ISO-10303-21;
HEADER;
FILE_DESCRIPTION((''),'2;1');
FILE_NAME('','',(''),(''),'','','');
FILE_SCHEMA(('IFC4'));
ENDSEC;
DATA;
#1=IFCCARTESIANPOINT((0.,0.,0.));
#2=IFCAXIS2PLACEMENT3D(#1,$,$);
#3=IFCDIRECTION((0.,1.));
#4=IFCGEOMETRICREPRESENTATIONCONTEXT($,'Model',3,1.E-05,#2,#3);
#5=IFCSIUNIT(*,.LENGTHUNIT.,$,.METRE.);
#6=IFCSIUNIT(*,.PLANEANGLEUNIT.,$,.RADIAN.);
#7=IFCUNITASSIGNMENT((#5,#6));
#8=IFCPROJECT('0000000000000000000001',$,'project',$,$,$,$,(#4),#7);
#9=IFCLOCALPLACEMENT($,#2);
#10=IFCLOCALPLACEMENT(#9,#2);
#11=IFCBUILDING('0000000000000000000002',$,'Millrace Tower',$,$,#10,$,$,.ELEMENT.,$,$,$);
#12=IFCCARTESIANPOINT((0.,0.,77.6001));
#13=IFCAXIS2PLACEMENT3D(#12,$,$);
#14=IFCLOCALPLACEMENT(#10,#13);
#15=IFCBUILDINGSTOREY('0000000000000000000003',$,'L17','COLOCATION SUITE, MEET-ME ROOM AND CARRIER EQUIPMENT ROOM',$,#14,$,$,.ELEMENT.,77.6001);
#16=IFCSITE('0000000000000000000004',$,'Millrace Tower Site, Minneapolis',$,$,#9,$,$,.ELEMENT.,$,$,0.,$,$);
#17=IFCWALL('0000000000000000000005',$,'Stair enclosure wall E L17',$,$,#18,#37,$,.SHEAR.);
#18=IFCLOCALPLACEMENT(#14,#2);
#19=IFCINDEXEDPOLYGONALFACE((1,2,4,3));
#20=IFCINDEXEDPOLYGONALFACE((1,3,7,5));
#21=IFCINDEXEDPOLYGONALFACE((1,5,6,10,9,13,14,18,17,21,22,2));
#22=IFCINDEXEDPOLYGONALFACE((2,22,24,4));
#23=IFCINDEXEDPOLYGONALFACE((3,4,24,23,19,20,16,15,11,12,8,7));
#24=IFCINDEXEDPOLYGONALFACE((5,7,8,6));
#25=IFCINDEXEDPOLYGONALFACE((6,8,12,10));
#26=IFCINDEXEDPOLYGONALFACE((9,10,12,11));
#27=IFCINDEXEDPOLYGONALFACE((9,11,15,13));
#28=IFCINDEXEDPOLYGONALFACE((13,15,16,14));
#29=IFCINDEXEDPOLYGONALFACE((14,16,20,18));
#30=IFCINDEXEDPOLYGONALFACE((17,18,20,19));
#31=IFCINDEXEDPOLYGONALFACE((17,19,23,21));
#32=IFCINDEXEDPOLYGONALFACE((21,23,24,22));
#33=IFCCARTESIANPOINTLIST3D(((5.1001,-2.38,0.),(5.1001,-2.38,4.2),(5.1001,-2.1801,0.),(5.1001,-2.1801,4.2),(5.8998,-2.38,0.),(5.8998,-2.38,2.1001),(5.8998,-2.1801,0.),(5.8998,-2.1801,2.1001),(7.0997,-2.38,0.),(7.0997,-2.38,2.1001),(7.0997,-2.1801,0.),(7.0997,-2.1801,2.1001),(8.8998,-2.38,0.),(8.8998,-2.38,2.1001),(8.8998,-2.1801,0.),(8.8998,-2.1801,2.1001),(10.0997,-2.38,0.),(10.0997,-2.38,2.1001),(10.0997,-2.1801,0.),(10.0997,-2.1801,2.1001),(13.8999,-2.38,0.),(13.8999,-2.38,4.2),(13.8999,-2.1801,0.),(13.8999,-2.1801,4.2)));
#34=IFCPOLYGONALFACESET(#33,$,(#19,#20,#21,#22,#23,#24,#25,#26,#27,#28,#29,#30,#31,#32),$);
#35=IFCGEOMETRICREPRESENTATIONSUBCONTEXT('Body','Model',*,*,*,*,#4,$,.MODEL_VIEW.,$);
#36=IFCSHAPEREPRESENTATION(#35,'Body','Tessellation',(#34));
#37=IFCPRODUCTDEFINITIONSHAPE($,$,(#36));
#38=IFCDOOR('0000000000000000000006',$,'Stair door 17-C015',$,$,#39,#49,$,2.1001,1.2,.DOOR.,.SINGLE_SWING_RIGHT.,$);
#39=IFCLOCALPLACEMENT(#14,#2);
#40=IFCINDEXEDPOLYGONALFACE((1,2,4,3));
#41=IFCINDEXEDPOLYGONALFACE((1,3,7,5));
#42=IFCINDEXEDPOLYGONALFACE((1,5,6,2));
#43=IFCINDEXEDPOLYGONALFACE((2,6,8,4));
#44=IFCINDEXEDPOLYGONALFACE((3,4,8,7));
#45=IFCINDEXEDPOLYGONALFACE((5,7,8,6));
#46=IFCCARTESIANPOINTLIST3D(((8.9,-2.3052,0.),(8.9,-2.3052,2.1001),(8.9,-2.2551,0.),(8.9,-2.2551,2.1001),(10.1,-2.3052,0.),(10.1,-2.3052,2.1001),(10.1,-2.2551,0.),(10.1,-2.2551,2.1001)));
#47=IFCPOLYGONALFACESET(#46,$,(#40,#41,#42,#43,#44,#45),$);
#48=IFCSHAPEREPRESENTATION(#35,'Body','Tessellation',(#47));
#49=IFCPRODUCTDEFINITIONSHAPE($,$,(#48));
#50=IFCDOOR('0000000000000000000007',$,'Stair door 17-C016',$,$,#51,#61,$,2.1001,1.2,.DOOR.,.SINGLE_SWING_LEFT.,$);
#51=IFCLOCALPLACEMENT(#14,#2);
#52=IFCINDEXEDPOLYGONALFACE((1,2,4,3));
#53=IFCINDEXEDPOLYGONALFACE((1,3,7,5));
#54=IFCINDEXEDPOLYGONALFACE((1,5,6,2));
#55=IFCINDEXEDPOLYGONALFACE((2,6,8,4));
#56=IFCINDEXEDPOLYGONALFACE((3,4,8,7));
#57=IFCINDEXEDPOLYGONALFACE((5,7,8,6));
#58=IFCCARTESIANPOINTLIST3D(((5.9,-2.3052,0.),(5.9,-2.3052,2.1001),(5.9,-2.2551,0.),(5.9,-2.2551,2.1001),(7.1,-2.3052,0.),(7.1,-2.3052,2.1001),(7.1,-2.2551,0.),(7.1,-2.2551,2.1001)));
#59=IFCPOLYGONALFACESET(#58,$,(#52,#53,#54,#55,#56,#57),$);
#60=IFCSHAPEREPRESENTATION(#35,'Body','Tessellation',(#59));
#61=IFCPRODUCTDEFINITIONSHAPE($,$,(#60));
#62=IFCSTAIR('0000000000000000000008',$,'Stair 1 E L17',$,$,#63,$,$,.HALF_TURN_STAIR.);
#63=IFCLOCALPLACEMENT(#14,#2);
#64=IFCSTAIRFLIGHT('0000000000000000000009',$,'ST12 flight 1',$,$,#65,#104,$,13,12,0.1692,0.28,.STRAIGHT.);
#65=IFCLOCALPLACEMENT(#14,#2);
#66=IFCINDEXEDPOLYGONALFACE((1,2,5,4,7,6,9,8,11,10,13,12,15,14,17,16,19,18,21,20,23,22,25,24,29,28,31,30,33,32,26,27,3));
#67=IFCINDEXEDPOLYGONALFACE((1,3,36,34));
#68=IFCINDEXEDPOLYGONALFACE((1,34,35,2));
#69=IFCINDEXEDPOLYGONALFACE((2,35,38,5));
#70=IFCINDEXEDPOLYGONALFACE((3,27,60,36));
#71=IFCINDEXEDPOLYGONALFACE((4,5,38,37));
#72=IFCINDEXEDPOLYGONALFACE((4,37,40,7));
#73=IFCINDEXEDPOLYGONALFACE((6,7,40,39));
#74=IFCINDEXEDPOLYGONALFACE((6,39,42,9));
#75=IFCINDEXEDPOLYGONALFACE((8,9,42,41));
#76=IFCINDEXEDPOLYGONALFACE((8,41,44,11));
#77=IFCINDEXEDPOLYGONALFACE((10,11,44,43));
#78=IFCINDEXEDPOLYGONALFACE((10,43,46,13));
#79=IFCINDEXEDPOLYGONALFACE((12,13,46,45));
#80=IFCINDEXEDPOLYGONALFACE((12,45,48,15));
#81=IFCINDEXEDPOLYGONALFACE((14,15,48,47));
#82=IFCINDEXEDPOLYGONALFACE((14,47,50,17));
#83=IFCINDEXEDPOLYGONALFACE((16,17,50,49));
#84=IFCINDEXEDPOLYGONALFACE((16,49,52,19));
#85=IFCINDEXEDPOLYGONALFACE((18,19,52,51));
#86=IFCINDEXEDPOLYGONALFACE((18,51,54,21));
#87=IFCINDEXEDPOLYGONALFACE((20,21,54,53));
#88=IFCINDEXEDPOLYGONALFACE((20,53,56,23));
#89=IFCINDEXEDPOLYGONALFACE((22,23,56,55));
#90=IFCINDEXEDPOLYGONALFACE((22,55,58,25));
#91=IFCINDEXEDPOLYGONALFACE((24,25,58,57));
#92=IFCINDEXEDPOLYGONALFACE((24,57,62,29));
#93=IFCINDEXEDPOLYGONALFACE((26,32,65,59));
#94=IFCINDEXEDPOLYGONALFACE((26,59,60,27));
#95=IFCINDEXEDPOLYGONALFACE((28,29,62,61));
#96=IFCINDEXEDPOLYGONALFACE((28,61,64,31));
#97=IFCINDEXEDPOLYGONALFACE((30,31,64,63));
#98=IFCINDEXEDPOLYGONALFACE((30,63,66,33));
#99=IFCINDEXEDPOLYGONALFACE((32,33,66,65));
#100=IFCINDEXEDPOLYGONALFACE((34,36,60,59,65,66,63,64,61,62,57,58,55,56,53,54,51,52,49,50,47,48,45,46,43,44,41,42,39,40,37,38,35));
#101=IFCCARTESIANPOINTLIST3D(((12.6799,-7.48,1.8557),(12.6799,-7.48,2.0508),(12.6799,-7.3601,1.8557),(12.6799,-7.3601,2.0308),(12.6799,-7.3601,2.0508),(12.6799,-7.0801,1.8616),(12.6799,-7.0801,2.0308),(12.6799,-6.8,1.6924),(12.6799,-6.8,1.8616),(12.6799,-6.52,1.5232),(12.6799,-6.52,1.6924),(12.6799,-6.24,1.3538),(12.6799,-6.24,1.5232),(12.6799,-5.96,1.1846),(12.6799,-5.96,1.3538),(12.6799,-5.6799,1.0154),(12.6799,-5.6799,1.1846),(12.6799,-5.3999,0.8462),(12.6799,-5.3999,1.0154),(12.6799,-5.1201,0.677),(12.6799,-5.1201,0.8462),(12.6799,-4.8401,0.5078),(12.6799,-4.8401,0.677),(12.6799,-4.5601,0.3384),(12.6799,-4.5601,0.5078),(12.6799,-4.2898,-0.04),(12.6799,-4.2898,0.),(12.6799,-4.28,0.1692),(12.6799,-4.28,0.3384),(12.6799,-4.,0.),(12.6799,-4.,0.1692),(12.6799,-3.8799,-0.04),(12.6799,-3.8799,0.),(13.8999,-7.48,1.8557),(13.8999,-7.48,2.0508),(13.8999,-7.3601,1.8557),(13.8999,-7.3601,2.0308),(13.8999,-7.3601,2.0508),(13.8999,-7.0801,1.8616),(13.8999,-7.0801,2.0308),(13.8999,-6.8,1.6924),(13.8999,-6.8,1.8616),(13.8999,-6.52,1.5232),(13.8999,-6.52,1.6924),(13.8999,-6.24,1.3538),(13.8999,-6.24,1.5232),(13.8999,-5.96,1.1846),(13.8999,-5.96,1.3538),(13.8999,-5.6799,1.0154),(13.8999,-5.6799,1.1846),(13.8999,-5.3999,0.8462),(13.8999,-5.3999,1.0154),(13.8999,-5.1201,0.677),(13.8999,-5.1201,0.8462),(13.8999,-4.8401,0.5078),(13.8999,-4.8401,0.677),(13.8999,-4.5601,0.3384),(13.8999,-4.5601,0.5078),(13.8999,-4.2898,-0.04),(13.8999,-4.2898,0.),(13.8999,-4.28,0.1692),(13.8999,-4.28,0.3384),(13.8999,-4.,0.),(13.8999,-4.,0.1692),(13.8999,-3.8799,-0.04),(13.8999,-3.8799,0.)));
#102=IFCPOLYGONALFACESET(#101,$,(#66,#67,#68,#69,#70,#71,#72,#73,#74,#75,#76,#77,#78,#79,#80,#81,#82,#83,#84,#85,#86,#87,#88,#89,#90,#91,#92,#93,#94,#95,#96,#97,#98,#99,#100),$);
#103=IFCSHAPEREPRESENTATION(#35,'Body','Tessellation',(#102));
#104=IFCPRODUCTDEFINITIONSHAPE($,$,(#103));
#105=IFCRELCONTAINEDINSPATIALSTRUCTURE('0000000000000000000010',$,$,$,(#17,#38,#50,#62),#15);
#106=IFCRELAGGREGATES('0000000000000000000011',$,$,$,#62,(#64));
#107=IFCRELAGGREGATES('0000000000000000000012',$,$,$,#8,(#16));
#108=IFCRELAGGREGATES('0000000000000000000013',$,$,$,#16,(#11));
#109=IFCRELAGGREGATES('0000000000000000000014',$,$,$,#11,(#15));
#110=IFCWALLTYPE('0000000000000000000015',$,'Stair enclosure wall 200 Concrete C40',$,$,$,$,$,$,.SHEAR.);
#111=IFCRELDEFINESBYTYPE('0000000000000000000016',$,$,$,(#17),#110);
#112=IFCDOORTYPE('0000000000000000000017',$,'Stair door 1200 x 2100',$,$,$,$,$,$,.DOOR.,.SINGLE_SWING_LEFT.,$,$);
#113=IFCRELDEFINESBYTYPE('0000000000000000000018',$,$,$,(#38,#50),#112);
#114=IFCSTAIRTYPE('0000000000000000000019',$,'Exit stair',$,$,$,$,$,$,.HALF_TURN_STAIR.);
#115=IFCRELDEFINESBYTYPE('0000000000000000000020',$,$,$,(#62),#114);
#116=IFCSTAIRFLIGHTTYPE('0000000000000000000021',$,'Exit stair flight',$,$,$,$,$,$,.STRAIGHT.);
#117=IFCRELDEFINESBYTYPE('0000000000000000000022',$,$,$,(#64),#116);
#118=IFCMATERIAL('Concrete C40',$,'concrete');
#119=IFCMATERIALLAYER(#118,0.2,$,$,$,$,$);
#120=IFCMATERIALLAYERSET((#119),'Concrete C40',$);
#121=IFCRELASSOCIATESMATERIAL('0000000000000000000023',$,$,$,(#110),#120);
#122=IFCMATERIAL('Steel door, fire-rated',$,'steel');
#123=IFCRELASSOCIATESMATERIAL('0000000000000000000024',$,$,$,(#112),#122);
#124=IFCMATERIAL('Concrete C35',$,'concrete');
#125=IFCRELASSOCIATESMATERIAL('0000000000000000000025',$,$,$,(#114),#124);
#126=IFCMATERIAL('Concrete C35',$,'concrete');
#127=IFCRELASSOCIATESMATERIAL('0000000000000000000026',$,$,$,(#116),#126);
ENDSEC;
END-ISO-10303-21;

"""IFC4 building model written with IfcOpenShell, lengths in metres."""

from ifc_helpers import new_model, si_unit, direction, frame, frame_2d, origin, place, context, subcontext, project, spatial, polyline, rectangle, outline, extrude, material, layer, layer_set, type_object, element, fill, aggregate, save


model = new_model("IFC4")

# Units and contexts
model_context = context("Model", 3, precision=1e-05, world=origin(), true_north=direction((0.0, 1.0)))
body_context = subcontext(model_context, "Body", "Model", "MODEL_VIEW")
ifc_project = project(units=[si_unit("LENGTHUNIT", "METRE"), si_unit("PLANEANGLEUNIT", "RADIAN")], contexts=[model_context])

# Site, building, storey
site_placement = place(None, origin())
site = spatial("IfcSite", under=ifc_project, at=site_placement, Name="Millrace Tower Site, Minneapolis", CompositionType="ELEMENT", RefElevation=0.0)
building_placement = place(site_placement, origin())
building = spatial("IfcBuilding", under=site, at=building_placement, Name="Millrace Tower", CompositionType="ELEMENT")
storey_placement = place(building_placement, frame((0.0, 0.0, 77.6001)))
storey = spatial("IfcBuildingStorey", under=building, at=storey_placement, Name="L17", Description="COLOCATION SUITE, MEET-ME ROOM AND CARRIER EQUIPMENT ROOM", CompositionType="ELEMENT", Elevation=77.6001)

# Shared definitions
placement = place(storey_placement, origin())

# Shared definitions
ifc_material_1 = material(Name="Concrete C40", Category="concrete")
ifc_layer_1 = layer(ifc_material_1, 0.2)
ifc_layer_set_1 = layer_set([ifc_layer_1], Name="Concrete C40")
wall_type_1 = type_object("IfcWallType", Name="Stair enclosure wall 200 Concrete C40", PredefinedType="SHEAR", material=ifc_layer_set_1)

# Wall, openings, doors
wall_1_placement = place(storey_placement, frame((13.8999, -2.28, 0.0), z_axis=(0.0, 0.0, 1.0), x_axis=(-1.0, 0.0, 0.0)))
wall_1 = element("IfcWall", 1, at=wall_1_placement, inside=storey, type_object=wall_type_1, Name="Stair enclosure wall E L17", PredefinedType="SHEAR", context=body_context, shape_type="SweptSolid", body=[
    extrude(rectangle(XDim=8.7998, YDim=0.2, at=frame_2d((4.3999, 0.0))), origin(), (0.0, 0.0, 1.0), 4.2),
])
opening_1_placement = place(wall_1_placement, frame((3.8, 0.0, 0.0)))
opening_1 = element("IfcOpeningElement", 2, at=opening_1_placement, cuts=wall_1, PredefinedType="OPENING", context=body_context, shape_type="SweptSolid", body=[
    extrude(rectangle(XDim=1.2, YDim=2.1001, at=frame_2d((0.6001, 1.05))), frame((0.0, 0.1099, 0.0), z_axis=(0.0, -1.0, 0.0), x_axis=(1.0, 0.0, 0.0)), (0.0, 0.0, 1.0), 0.22),
])
opening_2_placement = place(wall_1_placement, frame((6.8, 0.0, 0.0)))
opening_2 = element("IfcOpeningElement", 3, at=opening_2_placement, cuts=wall_1, PredefinedType="OPENING", context=body_context, shape_type="SweptSolid", body=[
    extrude(rectangle(XDim=1.2, YDim=2.1001, at=frame_2d((0.6001, 1.05))), frame((0.0, 0.1099, 0.0), z_axis=(0.0, -1.0, 0.0), x_axis=(1.0, 0.0, 0.0)), (0.0, 0.0, 1.0), 0.22),
])
ifc_material_2 = material(Name="Steel door, fire-rated", Category="steel")
door_type_1 = type_object("IfcDoorType", Name="Stair door 1200 x 2100", OperationType="SINGLE_SWING_LEFT", PredefinedType="DOOR", material=ifc_material_2)
door_1_placement = place(opening_1_placement, frame((1.2, 0.0, 0.0), z_axis=(0.0, 0.0, 1.0), x_axis=(-1.0, 0.0, 0.0)))
door_1 = element("IfcDoor", 4, at=door_1_placement, inside=storey, type_object=door_type_1, Name="Stair door 17-C015", OperationType="SINGLE_SWING_RIGHT", OverallHeight=2.1001, OverallWidth=1.2, PredefinedType="DOOR", context=body_context, shape_type="SweptSolid", body=[
    extrude(rectangle(XDim=1.2, YDim=2.1001, at=frame_2d((0.6001, 1.05))), frame((0.0, 0.0249, 0.0), z_axis=(0.0, -1.0, 0.0), x_axis=(1.0, 0.0, 0.0)), (0.0, 0.0, 1.0), 0.05),
])
fill(opening_1, door_1)
door_2_placement = place(opening_2_placement, frame((1.2, 0.0, 0.0), z_axis=(0.0, 0.0, 1.0), x_axis=(-1.0, 0.0, 0.0)))
door_2 = element("IfcDoor", 5, at=door_2_placement, inside=storey, type_object=door_type_1, Name="Stair door 17-C016", OperationType="SINGLE_SWING_LEFT", OverallHeight=2.1001, OverallWidth=1.2, PredefinedType="DOOR", context=body_context, shape_type="SweptSolid", body=[
    extrude(rectangle(XDim=1.2, YDim=2.1001, at=frame_2d((0.6001, 1.05))), frame((0.0, 0.0249, 0.0), z_axis=(0.0, -1.0, 0.0), x_axis=(1.0, 0.0, 0.0)), (0.0, 0.0, 1.0), 0.05),
])
fill(opening_2, door_2)

# Stair, stair flight
ifc_material_3 = material(Name="Concrete C35", Category="concrete")
stair_type = type_object("IfcStairType", Name="Exit stair", PredefinedType="HALF_TURN_STAIR", material=ifc_material_3)
stair = element("IfcStair", 6, at=placement, inside=storey, type_object=stair_type, Name="Stair 1 E L17", PredefinedType="HALF_TURN_STAIR")
ifc_material_4 = material(Name="Concrete C35", Category="concrete")
stair_flight_type = type_object("IfcStairFlightType", Name="Exit stair flight", PredefinedType="STRAIGHT", material=ifc_material_4)
stair_flight_placement = place(storey_placement, frame((13.29, -4.0, 0.0), z_axis=(0.0, 0.0, 1.0), x_axis=(0.0, -1.0, 0.0)))
stair_flight = element("IfcStairFlight", 7, at=stair_flight_placement, type_object=stair_flight_type, Name="ST12 flight 1", NumberOfRisers=13, NumberOfTreads=12, PredefinedType="STRAIGHT", RiserHeight=0.1692, TreadLength=0.28, context=body_context, shape_type="SweptSolid", body=[
    extrude(outline(polyline([(-0.1201, -0.04), (-0.1201, 0.0), (0.0, 0.0), (0.0, 0.1692), (0.28, 0.1692), (0.28, 0.3384), (0.5601, 0.3384), (0.5601, 0.5078), (0.8401, 0.5078), (0.8401, 0.677), (1.1201, 0.677), (1.1201, 0.8462), (1.3999, 0.8462), (1.3999, 1.0154), (1.6799, 1.0154), (1.6799, 1.1846), (1.96, 1.1846), (1.96, 1.3538), (2.24, 1.3538), (2.24, 1.5232), (2.52, 1.5232), (2.52, 1.6924), (2.8, 1.6924), (2.8, 1.8616), (3.0801, 1.8616), (3.0801, 2.0308), (3.3601, 2.0308), (3.3601, 2.0508), (3.48, 2.0508), (3.48, 1.8557), (3.3601, 1.8557), (0.2898, 0.0), (0.2898, -0.04), (-0.1201, -0.04)])), frame((0.0, 0.6099, 0.0), z_axis=(0.0, -1.0, 0.0), x_axis=(1.0, 0.0, 0.0)), (0.0, 0.0, 1.0), 1.22),
])
aggregate(stair, [stair_flight])

save(model, "model.ifc")
